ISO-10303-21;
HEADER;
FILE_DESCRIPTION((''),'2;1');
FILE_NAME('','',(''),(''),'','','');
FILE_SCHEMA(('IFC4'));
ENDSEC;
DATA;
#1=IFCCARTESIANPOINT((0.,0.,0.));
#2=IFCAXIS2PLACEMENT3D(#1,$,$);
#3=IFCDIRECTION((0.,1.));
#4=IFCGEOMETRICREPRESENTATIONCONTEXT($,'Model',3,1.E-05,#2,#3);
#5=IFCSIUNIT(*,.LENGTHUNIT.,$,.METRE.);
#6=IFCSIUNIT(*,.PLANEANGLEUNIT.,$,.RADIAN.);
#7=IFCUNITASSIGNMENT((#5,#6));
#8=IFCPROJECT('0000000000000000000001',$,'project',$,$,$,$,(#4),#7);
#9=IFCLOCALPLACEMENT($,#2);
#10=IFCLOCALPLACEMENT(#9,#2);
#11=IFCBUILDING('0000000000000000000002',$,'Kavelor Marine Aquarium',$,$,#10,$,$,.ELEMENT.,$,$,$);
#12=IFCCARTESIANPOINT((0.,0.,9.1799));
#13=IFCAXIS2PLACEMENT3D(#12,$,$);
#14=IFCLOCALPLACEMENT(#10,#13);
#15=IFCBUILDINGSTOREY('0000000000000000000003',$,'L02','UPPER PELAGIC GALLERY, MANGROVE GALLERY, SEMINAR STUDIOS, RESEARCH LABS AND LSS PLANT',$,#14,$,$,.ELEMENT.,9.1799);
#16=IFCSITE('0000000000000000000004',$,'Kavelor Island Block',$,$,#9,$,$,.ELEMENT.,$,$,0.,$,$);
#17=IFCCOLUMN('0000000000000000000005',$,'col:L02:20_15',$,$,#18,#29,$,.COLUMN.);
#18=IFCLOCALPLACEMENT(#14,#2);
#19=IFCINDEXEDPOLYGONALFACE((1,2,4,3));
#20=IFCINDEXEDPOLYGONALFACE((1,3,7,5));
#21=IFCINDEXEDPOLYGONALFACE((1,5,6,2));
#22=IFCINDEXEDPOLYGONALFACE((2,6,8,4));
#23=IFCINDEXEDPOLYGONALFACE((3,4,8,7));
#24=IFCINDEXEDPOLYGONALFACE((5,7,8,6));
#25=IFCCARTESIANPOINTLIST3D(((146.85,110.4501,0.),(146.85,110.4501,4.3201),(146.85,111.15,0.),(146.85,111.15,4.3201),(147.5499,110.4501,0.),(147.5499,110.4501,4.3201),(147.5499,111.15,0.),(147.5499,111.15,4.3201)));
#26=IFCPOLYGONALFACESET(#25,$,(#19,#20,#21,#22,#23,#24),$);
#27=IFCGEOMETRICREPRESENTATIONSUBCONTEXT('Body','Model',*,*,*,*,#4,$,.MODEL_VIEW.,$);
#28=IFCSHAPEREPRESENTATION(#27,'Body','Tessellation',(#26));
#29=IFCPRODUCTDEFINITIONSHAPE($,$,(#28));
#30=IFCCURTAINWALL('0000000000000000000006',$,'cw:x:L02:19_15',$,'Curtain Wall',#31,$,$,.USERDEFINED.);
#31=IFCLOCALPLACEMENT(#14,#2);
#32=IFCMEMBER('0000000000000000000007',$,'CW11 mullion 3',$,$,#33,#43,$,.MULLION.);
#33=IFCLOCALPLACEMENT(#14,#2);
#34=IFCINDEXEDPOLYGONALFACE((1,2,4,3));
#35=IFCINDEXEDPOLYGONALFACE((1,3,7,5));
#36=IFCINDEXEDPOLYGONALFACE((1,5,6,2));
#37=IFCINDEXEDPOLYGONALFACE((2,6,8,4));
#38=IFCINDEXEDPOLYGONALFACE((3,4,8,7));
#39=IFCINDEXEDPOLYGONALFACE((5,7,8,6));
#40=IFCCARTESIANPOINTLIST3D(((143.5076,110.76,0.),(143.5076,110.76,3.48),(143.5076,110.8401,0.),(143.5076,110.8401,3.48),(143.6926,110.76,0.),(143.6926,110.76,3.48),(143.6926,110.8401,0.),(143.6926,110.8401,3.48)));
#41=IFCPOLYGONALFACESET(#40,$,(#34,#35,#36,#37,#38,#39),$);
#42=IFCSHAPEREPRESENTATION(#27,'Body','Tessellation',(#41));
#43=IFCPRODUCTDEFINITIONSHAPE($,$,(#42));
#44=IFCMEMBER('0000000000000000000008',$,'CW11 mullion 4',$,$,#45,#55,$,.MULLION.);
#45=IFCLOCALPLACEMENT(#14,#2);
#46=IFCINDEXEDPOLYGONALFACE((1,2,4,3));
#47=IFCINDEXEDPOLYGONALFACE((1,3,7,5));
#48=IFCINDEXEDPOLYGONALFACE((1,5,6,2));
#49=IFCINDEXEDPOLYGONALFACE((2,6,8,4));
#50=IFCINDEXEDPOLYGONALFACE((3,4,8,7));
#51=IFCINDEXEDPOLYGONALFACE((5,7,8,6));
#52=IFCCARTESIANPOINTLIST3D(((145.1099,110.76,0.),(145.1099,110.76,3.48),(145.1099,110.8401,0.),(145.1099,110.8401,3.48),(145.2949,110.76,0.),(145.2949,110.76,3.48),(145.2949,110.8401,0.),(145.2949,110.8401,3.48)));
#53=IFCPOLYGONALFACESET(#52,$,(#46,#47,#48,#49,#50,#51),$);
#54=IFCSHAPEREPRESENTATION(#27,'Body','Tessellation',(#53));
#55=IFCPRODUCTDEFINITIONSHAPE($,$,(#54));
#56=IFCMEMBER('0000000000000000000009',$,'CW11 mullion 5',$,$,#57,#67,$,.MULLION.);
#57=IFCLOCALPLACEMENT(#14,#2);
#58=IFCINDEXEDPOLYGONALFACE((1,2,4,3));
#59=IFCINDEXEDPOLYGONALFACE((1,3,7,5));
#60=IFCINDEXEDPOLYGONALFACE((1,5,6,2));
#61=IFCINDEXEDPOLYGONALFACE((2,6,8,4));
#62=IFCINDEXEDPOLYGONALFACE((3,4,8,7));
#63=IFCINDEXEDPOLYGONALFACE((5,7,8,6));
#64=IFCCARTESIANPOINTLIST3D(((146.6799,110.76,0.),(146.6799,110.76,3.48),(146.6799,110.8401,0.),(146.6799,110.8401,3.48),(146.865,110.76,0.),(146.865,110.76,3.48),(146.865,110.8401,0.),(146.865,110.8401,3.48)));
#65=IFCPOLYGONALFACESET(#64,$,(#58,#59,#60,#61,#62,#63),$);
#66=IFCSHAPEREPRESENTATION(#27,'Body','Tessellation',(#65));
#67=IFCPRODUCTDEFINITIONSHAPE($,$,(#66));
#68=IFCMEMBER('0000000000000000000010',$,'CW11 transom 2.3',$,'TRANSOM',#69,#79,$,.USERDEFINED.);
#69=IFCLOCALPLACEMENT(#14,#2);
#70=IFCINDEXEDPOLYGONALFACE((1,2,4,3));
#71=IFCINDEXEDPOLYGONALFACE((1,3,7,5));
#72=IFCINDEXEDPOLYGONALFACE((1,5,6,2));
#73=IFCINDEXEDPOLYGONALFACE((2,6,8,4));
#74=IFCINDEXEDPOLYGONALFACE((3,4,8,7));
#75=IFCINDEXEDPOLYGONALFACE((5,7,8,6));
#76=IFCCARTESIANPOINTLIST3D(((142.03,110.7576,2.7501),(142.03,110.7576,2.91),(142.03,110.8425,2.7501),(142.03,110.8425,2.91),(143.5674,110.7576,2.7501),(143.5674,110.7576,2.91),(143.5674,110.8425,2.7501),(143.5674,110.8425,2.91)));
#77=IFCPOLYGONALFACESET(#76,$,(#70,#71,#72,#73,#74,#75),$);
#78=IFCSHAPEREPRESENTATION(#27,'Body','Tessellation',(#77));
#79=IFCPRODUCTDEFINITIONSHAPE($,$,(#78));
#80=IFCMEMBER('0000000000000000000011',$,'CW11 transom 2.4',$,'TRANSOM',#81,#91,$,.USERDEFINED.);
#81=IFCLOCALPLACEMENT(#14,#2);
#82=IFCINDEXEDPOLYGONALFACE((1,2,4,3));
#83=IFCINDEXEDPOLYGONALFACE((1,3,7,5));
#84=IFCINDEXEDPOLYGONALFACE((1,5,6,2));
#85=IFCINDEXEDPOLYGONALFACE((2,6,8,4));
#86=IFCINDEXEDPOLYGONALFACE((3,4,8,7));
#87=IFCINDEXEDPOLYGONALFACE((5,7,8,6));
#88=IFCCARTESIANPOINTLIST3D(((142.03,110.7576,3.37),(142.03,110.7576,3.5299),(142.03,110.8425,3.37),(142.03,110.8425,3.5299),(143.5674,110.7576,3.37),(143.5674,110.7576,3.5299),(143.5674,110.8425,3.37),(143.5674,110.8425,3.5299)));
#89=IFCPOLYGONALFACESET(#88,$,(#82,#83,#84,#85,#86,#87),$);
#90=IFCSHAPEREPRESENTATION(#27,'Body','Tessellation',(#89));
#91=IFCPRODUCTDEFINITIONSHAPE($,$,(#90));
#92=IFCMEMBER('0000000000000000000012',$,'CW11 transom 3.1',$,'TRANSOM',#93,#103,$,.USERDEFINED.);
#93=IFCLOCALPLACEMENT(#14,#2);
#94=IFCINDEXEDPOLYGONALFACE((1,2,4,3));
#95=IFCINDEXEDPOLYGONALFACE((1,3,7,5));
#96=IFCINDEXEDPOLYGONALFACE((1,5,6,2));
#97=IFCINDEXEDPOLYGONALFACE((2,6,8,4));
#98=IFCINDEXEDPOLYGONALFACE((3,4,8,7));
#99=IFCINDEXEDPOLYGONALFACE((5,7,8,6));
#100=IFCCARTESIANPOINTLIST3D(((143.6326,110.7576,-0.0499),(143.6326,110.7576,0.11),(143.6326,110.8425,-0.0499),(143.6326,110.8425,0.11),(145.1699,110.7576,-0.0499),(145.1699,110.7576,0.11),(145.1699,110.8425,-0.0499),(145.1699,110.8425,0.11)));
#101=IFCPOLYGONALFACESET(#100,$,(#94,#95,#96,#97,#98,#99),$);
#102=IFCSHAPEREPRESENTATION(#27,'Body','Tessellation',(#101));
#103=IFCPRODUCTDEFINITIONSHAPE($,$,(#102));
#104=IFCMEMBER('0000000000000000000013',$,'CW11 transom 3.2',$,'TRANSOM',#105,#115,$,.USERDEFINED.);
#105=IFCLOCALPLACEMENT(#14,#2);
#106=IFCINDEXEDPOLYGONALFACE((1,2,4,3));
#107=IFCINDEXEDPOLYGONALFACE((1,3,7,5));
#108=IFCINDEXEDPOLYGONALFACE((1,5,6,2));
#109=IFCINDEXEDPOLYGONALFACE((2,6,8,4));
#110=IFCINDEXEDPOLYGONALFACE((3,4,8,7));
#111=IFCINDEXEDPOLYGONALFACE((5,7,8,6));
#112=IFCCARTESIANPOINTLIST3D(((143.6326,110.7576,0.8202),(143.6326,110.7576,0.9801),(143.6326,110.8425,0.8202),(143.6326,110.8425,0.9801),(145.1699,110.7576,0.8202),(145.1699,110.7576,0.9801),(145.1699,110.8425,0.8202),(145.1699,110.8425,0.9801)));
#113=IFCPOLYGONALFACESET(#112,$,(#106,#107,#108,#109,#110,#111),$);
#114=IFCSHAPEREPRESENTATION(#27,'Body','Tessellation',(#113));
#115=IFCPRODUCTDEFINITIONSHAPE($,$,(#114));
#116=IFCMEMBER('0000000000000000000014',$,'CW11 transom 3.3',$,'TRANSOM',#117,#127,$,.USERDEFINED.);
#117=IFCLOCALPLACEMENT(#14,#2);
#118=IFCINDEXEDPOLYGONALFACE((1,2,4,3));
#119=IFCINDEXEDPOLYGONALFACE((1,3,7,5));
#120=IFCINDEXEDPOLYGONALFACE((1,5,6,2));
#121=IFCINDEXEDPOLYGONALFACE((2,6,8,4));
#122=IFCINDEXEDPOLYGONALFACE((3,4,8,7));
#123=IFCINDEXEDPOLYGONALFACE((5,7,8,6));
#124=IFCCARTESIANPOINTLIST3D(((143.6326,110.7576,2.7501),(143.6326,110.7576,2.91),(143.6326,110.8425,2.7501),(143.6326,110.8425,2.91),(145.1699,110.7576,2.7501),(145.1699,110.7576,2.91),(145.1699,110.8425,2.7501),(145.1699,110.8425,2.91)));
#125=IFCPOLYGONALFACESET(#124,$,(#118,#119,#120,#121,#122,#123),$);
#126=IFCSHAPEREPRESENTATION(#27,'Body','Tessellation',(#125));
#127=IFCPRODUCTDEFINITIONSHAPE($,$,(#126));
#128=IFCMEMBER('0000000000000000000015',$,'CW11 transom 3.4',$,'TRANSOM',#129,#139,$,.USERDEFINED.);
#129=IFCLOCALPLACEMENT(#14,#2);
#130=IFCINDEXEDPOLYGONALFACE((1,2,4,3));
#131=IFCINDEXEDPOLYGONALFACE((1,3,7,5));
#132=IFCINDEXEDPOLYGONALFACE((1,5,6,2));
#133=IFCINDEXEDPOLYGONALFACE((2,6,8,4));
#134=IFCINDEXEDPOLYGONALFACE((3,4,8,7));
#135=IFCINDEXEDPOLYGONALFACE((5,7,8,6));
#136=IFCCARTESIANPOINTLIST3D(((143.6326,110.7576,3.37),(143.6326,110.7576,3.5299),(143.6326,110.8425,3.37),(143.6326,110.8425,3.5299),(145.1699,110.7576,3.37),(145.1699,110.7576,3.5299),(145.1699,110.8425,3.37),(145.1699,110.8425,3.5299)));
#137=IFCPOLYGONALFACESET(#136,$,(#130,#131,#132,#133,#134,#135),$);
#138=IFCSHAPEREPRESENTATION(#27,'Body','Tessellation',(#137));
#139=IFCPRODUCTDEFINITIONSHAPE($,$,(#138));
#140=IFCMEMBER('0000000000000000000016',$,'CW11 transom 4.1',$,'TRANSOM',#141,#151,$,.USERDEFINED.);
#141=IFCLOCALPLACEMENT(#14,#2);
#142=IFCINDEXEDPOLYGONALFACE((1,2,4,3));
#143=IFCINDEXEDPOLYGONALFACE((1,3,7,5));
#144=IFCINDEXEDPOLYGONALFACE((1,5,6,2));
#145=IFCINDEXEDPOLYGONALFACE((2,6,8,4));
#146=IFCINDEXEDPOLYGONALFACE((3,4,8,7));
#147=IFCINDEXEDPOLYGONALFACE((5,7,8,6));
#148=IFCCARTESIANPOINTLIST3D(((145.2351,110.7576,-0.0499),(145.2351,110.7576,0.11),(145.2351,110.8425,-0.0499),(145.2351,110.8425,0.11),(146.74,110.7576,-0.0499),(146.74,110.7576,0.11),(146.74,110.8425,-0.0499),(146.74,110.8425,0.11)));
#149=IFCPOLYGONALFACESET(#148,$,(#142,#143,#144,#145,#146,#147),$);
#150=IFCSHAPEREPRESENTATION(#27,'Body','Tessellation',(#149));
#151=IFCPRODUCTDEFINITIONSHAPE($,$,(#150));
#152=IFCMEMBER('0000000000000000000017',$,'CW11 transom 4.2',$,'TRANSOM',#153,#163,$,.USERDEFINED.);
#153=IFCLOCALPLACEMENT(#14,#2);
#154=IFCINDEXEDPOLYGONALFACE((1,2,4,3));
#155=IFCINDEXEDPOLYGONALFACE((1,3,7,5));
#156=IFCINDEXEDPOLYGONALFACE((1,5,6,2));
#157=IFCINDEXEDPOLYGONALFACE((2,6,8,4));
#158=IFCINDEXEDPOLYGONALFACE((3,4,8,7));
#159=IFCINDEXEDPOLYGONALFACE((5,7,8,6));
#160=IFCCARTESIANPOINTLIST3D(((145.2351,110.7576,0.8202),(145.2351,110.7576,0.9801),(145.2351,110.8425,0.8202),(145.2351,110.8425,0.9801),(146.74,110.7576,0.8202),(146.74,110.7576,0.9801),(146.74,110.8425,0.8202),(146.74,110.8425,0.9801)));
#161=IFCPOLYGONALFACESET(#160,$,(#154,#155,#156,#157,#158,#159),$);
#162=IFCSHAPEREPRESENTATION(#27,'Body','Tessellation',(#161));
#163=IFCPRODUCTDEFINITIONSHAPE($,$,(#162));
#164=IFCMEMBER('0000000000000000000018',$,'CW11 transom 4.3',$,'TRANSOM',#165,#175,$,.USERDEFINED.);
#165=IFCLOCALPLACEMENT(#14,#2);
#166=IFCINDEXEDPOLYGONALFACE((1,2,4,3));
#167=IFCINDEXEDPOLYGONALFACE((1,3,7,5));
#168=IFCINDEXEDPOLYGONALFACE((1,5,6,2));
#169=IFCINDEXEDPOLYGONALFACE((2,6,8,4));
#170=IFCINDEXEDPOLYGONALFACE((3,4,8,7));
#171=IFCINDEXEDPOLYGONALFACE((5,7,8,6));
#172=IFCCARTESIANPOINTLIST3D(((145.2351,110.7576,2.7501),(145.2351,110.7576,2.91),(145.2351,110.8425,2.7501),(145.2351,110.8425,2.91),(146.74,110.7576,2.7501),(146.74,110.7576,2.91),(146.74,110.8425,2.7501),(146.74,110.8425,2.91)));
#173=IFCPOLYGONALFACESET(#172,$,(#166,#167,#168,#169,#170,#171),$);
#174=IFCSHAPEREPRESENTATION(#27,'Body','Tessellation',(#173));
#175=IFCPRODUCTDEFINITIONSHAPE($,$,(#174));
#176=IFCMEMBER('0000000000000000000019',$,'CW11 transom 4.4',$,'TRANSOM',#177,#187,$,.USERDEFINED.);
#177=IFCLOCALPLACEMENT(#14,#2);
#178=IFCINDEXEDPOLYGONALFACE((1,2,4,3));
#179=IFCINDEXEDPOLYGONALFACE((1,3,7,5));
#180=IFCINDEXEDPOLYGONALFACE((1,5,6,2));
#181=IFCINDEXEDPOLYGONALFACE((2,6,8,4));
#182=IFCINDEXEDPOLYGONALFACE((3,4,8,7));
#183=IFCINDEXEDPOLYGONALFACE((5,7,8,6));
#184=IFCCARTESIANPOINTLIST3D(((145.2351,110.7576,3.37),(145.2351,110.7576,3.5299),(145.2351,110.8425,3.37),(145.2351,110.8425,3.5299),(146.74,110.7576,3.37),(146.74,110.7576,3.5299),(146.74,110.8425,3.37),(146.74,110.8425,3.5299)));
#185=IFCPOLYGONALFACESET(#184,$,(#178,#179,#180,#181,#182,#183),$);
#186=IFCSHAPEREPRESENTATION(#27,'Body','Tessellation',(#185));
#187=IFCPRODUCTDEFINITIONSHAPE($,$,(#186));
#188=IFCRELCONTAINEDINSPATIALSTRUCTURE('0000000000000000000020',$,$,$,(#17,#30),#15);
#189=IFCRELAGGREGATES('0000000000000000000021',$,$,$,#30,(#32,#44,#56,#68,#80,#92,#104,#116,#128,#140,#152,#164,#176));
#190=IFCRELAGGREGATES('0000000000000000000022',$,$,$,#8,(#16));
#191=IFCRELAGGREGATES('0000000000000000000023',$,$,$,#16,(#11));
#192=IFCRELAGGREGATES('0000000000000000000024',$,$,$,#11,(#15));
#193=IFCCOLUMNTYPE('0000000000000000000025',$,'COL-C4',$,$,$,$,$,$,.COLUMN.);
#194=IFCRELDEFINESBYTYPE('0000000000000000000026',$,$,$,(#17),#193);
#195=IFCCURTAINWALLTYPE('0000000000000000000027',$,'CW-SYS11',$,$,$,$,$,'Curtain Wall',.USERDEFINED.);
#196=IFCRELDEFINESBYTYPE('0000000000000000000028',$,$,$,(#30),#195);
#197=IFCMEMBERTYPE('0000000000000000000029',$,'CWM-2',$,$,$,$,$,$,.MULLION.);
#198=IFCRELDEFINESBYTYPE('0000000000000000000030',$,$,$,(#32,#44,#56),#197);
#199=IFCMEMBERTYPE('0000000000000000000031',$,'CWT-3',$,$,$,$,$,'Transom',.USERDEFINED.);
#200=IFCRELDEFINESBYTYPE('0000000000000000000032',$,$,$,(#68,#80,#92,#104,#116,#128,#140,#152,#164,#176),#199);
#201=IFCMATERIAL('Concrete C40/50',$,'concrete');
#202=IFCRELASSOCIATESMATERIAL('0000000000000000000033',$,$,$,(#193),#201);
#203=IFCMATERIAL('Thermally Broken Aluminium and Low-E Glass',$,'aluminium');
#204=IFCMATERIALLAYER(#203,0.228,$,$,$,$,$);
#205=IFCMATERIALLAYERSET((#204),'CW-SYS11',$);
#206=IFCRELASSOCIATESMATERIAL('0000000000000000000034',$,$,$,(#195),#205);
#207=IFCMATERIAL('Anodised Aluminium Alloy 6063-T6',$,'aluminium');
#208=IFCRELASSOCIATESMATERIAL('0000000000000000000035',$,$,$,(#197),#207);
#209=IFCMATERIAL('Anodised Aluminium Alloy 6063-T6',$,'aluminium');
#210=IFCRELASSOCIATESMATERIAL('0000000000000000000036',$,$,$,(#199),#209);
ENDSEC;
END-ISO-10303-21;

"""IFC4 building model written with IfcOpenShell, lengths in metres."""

from ifc_helpers import new_model, si_unit, direction, frame, origin, origin_2d, place, context, subcontext, project, spatial, rectangle, extrude, material, layer, layer_set, material_profile, profile_set, type_object, element, aggregate, save


model = new_model("IFC4")

# Units and contexts
model_context = context("Model", 3, precision=1e-05, world=origin(), true_north=direction((0.0, 1.0)))
body_context = subcontext(model_context, "Body", "Model", "MODEL_VIEW")
ifc_project = project(units=[si_unit("LENGTHUNIT", "METRE"), si_unit("PLANEANGLEUNIT", "RADIAN")], contexts=[model_context])

# Site, building, storey
site_placement = place(None, origin())
site = spatial("IfcSite", under=ifc_project, at=site_placement, Name="Kavelor Island Block", CompositionType="ELEMENT", RefElevation=0.0)
building_placement = place(site_placement, origin())
building = spatial("IfcBuilding", under=site, at=building_placement, Name="Kavelor Marine Aquarium", CompositionType="ELEMENT")
storey_placement = place(building_placement, frame((0.0, 0.0, 9.1799)))
storey = spatial("IfcBuildingStorey", under=building, at=storey_placement, Name="L02", Description="UPPER PELAGIC GALLERY, MANGROVE GALLERY, SEMINAR STUDIOS, RESEARCH LABS AND LSS PLANT", CompositionType="ELEMENT", Elevation=9.1799)

# Column
ifc_material_1 = material(Name="Concrete C40/50", Category="concrete")
ifc_material_profile_1 = material_profile(ifc_material_1, rectangle(XDim=0.7, YDim=0.7, at=origin_2d()), Name="RC-COL 700x700")
ifc_profile_set_1 = profile_set([ifc_material_profile_1], Name="Concrete C40/50")
column_type = type_object("IfcColumnType", Name="COL-C4", PredefinedType="COLUMN", material=ifc_profile_set_1)
column_placement = place(storey_placement, frame((147.2, 110.8, 0.0), z_axis=(0.0, 0.0, 1.0), x_axis=(1.0, 0.0, 0.0)))
element("IfcColumn", 1, at=column_placement, inside=storey, type_object=column_type, Name="col:L02:20_15", PredefinedType="COLUMN", context=body_context, shape_type="SweptSolid", body=[
    extrude(rectangle(XDim=0.7, YDim=0.7, at=origin_2d()), origin(), (0.0, 0.0, 1.0), 4.3201),
])

# Curtain wall, members
ifc_material_2 = material(Name="Thermally Broken Aluminium and Low-E Glass", Category="aluminium")
ifc_layer_1 = layer(ifc_material_2, 0.228)
ifc_layer_set_1 = layer_set([ifc_layer_1], Name="CW-SYS11")
curtain_wall_type = type_object("IfcCurtainWallType", Name="CW-SYS11", ElementType="Curtain Wall", PredefinedType="USERDEFINED", material=ifc_layer_set_1)
curtain_wall_placement = place(storey_placement, origin())
curtain_wall = element("IfcCurtainWall", 2, at=curtain_wall_placement, inside=storey, type_object=curtain_wall_type, Name="cw:x:L02:19_15", ObjectType="Curtain Wall", PredefinedType="USERDEFINED")
ifc_material_3 = material(Name="Anodised Aluminium Alloy 6063-T6", Category="aluminium")
ifc_material_profile_2 = material_profile(ifc_material_3, rectangle(XDim=0.0801, YDim=0.1851, at=origin_2d()), Name="CW-MUL 80x185")
ifc_profile_set_2 = profile_set([ifc_material_profile_2], Name="Anodised Aluminium Alloy 6063-T6")
member_type_1 = type_object("IfcMemberType", Name="CWM-2", PredefinedType="MULLION", material=ifc_profile_set_2)
member_1_placement = place(storey_placement, frame((143.6001, 110.8, 0.0), z_axis=(0.0, 0.0, 1.0), x_axis=(0.0, 1.0, 0.0)))
member_1 = element("IfcMember", 3, at=member_1_placement, type_object=member_type_1, Name="CW11 mullion 3", PredefinedType="MULLION", context=body_context, shape_type="SweptSolid", body=[
    extrude(rectangle(XDim=0.0801, YDim=0.1851, at=origin_2d()), origin(), (0.0, 0.0, 1.0), 3.48),
])
member_2_placement = place(storey_placement, frame((145.2024, 110.8, 0.0), z_axis=(0.0, 0.0, 1.0), x_axis=(0.0, 1.0, 0.0)))
member_2 = element("IfcMember", 4, at=member_2_placement, type_object=member_type_1, Name="CW11 mullion 4", PredefinedType="MULLION", context=body_context, shape_type="SweptSolid", body=[
    extrude(rectangle(XDim=0.0801, YDim=0.1851, at=origin_2d()), origin(), (0.0, 0.0, 1.0), 3.48),
])
member_3_placement = place(storey_placement, frame((146.7725, 110.8, 0.0), z_axis=(0.0, 0.0, 1.0), x_axis=(0.0, 1.0, 0.0)))
member_3 = element("IfcMember", 5, at=member_3_placement, type_object=member_type_1, Name="CW11 mullion 5", PredefinedType="MULLION", context=body_context, shape_type="SweptSolid", body=[
    extrude(rectangle(XDim=0.0801, YDim=0.1851, at=origin_2d()), origin(), (0.0, 0.0, 1.0), 3.48),
])
ifc_material_4 = material(Name="Anodised Aluminium Alloy 6063-T6", Category="aluminium")
ifc_material_profile_3 = material_profile(ifc_material_4, rectangle(XDim=0.085, YDim=0.1599, at=origin_2d()), Name="CW-TRN 85x160")
ifc_profile_set_3 = profile_set([ifc_material_profile_3], Name="Anodised Aluminium Alloy 6063-T6")
member_type_2 = type_object("IfcMemberType", Name="CWT-3", ElementType="Transom", PredefinedType="USERDEFINED", material=ifc_profile_set_3)
member_4_placement = place(storey_placement, frame((142.03, 110.8, 2.8301), z_axis=(1.0, 0.0, 0.0), x_axis=(0.0, 1.0, 0.0)))
member_4 = element("IfcMember", 6, at=member_4_placement, type_object=member_type_2, Name="CW11 transom 2.3", ObjectType="TRANSOM", PredefinedType="USERDEFINED", context=body_context, shape_type="SweptSolid", body=[
    extrude(rectangle(XDim=0.085, YDim=0.1599, at=origin_2d()), origin(), (0.0, 0.0, 1.0), 1.5374),
])
member_5_placement = place(storey_placement, frame((142.03, 110.8, 3.45), z_axis=(1.0, 0.0, 0.0), x_axis=(0.0, 1.0, 0.0)))
member_5 = element("IfcMember", 7, at=member_5_placement, type_object=member_type_2, Name="CW11 transom 2.4", ObjectType="TRANSOM", PredefinedType="USERDEFINED", context=body_context, shape_type="SweptSolid", body=[
    extrude(rectangle(XDim=0.085, YDim=0.1599, at=origin_2d()), origin(), (0.0, 0.0, 1.0), 1.5374),
])
member_6_placement = place(storey_placement, frame((143.6326, 110.8, 0.03), z_axis=(1.0, 0.0, 0.0), x_axis=(0.0, 1.0, 0.0)))
member_6 = element("IfcMember", 8, at=member_6_placement, type_object=member_type_2, Name="CW11 transom 3.1", ObjectType="TRANSOM", PredefinedType="USERDEFINED", context=body_context, shape_type="SweptSolid", body=[
    extrude(rectangle(XDim=0.085, YDim=0.1599, at=origin_2d()), origin(), (0.0, 0.0, 1.0), 1.5374),
])
member_7_placement = place(storey_placement, frame((143.6326, 110.8, 0.9001), z_axis=(1.0, 0.0, 0.0), x_axis=(0.0, 1.0, 0.0)))
member_7 = element("IfcMember", 9, at=member_7_placement, type_object=member_type_2, Name="CW11 transom 3.2", ObjectType="TRANSOM", PredefinedType="USERDEFINED", context=body_context, shape_type="SweptSolid", body=[
    extrude(rectangle(XDim=0.085, YDim=0.1599, at=origin_2d()), origin(), (0.0, 0.0, 1.0), 1.5374),
])
member_8_placement = place(storey_placement, frame((143.6326, 110.8, 2.8301), z_axis=(1.0, 0.0, 0.0), x_axis=(0.0, 1.0, 0.0)))
member_8 = element("IfcMember", 10, at=member_8_placement, type_object=member_type_2, Name="CW11 transom 3.3", ObjectType="TRANSOM", PredefinedType="USERDEFINED", context=body_context, shape_type="SweptSolid", body=[
    extrude(rectangle(XDim=0.085, YDim=0.1599, at=origin_2d()), origin(), (0.0, 0.0, 1.0), 1.5374),
])
member_9_placement = place(storey_placement, frame((143.6326, 110.8, 3.45), z_axis=(1.0, 0.0, 0.0), x_axis=(0.0, 1.0, 0.0)))
member_9 = element("IfcMember", 11, at=member_9_placement, type_object=member_type_2, Name="CW11 transom 3.4", ObjectType="TRANSOM", PredefinedType="USERDEFINED", context=body_context, shape_type="SweptSolid", body=[
    extrude(rectangle(XDim=0.085, YDim=0.1599, at=origin_2d()), origin(), (0.0, 0.0, 1.0), 1.5374),
])
member_10_placement = place(storey_placement, frame((145.2351, 110.8, 0.03), z_axis=(1.0, 0.0, 0.0), x_axis=(0.0, 1.0, 0.0)))
member_10 = element("IfcMember", 12, at=member_10_placement, type_object=member_type_2, Name="CW11 transom 4.1", ObjectType="TRANSOM", PredefinedType="USERDEFINED", context=body_context, shape_type="SweptSolid", body=[
    extrude(rectangle(XDim=0.085, YDim=0.1599, at=origin_2d()), origin(), (0.0, 0.0, 1.0), 1.5049),
])
member_11_placement = place(storey_placement, frame((145.2351, 110.8, 0.9001), z_axis=(1.0, 0.0, 0.0), x_axis=(0.0, 1.0, 0.0)))
member_11 = element("IfcMember", 13, at=member_11_placement, type_object=member_type_2, Name="CW11 transom 4.2", ObjectType="TRANSOM", PredefinedType="USERDEFINED", context=body_context, shape_type="SweptSolid", body=[
    extrude(rectangle(XDim=0.085, YDim=0.1599, at=origin_2d()), origin(), (0.0, 0.0, 1.0), 1.5049),
])
member_12_placement = place(storey_placement, frame((145.2351, 110.8, 2.8301), z_axis=(1.0, 0.0, 0.0), x_axis=(0.0, 1.0, 0.0)))
member_12 = element("IfcMember", 14, at=member_12_placement, type_object=member_type_2, Name="CW11 transom 4.3", ObjectType="TRANSOM", PredefinedType="USERDEFINED", context=body_context, shape_type="SweptSolid", body=[
    extrude(rectangle(XDim=0.085, YDim=0.1599, at=origin_2d()), origin(), (0.0, 0.0, 1.0), 1.5049),
])
member_13_placement = place(storey_placement, frame((145.2351, 110.8, 3.45), z_axis=(1.0, 0.0, 0.0), x_axis=(0.0, 1.0, 0.0)))
member_13 = element("IfcMember", 15, at=member_13_placement, type_object=member_type_2, Name="CW11 transom 4.4", ObjectType="TRANSOM", PredefinedType="USERDEFINED", context=body_context, shape_type="SweptSolid", body=[
    extrude(rectangle(XDim=0.085, YDim=0.1599, at=origin_2d()), origin(), (0.0, 0.0, 1.0), 1.5049),
])
aggregate(curtain_wall, [member_1, member_2, member_3, member_4, member_5, member_6, member_7, member_8, member_9, member_10, member_11, member_12, member_13])

save(model, "model.ifc")
